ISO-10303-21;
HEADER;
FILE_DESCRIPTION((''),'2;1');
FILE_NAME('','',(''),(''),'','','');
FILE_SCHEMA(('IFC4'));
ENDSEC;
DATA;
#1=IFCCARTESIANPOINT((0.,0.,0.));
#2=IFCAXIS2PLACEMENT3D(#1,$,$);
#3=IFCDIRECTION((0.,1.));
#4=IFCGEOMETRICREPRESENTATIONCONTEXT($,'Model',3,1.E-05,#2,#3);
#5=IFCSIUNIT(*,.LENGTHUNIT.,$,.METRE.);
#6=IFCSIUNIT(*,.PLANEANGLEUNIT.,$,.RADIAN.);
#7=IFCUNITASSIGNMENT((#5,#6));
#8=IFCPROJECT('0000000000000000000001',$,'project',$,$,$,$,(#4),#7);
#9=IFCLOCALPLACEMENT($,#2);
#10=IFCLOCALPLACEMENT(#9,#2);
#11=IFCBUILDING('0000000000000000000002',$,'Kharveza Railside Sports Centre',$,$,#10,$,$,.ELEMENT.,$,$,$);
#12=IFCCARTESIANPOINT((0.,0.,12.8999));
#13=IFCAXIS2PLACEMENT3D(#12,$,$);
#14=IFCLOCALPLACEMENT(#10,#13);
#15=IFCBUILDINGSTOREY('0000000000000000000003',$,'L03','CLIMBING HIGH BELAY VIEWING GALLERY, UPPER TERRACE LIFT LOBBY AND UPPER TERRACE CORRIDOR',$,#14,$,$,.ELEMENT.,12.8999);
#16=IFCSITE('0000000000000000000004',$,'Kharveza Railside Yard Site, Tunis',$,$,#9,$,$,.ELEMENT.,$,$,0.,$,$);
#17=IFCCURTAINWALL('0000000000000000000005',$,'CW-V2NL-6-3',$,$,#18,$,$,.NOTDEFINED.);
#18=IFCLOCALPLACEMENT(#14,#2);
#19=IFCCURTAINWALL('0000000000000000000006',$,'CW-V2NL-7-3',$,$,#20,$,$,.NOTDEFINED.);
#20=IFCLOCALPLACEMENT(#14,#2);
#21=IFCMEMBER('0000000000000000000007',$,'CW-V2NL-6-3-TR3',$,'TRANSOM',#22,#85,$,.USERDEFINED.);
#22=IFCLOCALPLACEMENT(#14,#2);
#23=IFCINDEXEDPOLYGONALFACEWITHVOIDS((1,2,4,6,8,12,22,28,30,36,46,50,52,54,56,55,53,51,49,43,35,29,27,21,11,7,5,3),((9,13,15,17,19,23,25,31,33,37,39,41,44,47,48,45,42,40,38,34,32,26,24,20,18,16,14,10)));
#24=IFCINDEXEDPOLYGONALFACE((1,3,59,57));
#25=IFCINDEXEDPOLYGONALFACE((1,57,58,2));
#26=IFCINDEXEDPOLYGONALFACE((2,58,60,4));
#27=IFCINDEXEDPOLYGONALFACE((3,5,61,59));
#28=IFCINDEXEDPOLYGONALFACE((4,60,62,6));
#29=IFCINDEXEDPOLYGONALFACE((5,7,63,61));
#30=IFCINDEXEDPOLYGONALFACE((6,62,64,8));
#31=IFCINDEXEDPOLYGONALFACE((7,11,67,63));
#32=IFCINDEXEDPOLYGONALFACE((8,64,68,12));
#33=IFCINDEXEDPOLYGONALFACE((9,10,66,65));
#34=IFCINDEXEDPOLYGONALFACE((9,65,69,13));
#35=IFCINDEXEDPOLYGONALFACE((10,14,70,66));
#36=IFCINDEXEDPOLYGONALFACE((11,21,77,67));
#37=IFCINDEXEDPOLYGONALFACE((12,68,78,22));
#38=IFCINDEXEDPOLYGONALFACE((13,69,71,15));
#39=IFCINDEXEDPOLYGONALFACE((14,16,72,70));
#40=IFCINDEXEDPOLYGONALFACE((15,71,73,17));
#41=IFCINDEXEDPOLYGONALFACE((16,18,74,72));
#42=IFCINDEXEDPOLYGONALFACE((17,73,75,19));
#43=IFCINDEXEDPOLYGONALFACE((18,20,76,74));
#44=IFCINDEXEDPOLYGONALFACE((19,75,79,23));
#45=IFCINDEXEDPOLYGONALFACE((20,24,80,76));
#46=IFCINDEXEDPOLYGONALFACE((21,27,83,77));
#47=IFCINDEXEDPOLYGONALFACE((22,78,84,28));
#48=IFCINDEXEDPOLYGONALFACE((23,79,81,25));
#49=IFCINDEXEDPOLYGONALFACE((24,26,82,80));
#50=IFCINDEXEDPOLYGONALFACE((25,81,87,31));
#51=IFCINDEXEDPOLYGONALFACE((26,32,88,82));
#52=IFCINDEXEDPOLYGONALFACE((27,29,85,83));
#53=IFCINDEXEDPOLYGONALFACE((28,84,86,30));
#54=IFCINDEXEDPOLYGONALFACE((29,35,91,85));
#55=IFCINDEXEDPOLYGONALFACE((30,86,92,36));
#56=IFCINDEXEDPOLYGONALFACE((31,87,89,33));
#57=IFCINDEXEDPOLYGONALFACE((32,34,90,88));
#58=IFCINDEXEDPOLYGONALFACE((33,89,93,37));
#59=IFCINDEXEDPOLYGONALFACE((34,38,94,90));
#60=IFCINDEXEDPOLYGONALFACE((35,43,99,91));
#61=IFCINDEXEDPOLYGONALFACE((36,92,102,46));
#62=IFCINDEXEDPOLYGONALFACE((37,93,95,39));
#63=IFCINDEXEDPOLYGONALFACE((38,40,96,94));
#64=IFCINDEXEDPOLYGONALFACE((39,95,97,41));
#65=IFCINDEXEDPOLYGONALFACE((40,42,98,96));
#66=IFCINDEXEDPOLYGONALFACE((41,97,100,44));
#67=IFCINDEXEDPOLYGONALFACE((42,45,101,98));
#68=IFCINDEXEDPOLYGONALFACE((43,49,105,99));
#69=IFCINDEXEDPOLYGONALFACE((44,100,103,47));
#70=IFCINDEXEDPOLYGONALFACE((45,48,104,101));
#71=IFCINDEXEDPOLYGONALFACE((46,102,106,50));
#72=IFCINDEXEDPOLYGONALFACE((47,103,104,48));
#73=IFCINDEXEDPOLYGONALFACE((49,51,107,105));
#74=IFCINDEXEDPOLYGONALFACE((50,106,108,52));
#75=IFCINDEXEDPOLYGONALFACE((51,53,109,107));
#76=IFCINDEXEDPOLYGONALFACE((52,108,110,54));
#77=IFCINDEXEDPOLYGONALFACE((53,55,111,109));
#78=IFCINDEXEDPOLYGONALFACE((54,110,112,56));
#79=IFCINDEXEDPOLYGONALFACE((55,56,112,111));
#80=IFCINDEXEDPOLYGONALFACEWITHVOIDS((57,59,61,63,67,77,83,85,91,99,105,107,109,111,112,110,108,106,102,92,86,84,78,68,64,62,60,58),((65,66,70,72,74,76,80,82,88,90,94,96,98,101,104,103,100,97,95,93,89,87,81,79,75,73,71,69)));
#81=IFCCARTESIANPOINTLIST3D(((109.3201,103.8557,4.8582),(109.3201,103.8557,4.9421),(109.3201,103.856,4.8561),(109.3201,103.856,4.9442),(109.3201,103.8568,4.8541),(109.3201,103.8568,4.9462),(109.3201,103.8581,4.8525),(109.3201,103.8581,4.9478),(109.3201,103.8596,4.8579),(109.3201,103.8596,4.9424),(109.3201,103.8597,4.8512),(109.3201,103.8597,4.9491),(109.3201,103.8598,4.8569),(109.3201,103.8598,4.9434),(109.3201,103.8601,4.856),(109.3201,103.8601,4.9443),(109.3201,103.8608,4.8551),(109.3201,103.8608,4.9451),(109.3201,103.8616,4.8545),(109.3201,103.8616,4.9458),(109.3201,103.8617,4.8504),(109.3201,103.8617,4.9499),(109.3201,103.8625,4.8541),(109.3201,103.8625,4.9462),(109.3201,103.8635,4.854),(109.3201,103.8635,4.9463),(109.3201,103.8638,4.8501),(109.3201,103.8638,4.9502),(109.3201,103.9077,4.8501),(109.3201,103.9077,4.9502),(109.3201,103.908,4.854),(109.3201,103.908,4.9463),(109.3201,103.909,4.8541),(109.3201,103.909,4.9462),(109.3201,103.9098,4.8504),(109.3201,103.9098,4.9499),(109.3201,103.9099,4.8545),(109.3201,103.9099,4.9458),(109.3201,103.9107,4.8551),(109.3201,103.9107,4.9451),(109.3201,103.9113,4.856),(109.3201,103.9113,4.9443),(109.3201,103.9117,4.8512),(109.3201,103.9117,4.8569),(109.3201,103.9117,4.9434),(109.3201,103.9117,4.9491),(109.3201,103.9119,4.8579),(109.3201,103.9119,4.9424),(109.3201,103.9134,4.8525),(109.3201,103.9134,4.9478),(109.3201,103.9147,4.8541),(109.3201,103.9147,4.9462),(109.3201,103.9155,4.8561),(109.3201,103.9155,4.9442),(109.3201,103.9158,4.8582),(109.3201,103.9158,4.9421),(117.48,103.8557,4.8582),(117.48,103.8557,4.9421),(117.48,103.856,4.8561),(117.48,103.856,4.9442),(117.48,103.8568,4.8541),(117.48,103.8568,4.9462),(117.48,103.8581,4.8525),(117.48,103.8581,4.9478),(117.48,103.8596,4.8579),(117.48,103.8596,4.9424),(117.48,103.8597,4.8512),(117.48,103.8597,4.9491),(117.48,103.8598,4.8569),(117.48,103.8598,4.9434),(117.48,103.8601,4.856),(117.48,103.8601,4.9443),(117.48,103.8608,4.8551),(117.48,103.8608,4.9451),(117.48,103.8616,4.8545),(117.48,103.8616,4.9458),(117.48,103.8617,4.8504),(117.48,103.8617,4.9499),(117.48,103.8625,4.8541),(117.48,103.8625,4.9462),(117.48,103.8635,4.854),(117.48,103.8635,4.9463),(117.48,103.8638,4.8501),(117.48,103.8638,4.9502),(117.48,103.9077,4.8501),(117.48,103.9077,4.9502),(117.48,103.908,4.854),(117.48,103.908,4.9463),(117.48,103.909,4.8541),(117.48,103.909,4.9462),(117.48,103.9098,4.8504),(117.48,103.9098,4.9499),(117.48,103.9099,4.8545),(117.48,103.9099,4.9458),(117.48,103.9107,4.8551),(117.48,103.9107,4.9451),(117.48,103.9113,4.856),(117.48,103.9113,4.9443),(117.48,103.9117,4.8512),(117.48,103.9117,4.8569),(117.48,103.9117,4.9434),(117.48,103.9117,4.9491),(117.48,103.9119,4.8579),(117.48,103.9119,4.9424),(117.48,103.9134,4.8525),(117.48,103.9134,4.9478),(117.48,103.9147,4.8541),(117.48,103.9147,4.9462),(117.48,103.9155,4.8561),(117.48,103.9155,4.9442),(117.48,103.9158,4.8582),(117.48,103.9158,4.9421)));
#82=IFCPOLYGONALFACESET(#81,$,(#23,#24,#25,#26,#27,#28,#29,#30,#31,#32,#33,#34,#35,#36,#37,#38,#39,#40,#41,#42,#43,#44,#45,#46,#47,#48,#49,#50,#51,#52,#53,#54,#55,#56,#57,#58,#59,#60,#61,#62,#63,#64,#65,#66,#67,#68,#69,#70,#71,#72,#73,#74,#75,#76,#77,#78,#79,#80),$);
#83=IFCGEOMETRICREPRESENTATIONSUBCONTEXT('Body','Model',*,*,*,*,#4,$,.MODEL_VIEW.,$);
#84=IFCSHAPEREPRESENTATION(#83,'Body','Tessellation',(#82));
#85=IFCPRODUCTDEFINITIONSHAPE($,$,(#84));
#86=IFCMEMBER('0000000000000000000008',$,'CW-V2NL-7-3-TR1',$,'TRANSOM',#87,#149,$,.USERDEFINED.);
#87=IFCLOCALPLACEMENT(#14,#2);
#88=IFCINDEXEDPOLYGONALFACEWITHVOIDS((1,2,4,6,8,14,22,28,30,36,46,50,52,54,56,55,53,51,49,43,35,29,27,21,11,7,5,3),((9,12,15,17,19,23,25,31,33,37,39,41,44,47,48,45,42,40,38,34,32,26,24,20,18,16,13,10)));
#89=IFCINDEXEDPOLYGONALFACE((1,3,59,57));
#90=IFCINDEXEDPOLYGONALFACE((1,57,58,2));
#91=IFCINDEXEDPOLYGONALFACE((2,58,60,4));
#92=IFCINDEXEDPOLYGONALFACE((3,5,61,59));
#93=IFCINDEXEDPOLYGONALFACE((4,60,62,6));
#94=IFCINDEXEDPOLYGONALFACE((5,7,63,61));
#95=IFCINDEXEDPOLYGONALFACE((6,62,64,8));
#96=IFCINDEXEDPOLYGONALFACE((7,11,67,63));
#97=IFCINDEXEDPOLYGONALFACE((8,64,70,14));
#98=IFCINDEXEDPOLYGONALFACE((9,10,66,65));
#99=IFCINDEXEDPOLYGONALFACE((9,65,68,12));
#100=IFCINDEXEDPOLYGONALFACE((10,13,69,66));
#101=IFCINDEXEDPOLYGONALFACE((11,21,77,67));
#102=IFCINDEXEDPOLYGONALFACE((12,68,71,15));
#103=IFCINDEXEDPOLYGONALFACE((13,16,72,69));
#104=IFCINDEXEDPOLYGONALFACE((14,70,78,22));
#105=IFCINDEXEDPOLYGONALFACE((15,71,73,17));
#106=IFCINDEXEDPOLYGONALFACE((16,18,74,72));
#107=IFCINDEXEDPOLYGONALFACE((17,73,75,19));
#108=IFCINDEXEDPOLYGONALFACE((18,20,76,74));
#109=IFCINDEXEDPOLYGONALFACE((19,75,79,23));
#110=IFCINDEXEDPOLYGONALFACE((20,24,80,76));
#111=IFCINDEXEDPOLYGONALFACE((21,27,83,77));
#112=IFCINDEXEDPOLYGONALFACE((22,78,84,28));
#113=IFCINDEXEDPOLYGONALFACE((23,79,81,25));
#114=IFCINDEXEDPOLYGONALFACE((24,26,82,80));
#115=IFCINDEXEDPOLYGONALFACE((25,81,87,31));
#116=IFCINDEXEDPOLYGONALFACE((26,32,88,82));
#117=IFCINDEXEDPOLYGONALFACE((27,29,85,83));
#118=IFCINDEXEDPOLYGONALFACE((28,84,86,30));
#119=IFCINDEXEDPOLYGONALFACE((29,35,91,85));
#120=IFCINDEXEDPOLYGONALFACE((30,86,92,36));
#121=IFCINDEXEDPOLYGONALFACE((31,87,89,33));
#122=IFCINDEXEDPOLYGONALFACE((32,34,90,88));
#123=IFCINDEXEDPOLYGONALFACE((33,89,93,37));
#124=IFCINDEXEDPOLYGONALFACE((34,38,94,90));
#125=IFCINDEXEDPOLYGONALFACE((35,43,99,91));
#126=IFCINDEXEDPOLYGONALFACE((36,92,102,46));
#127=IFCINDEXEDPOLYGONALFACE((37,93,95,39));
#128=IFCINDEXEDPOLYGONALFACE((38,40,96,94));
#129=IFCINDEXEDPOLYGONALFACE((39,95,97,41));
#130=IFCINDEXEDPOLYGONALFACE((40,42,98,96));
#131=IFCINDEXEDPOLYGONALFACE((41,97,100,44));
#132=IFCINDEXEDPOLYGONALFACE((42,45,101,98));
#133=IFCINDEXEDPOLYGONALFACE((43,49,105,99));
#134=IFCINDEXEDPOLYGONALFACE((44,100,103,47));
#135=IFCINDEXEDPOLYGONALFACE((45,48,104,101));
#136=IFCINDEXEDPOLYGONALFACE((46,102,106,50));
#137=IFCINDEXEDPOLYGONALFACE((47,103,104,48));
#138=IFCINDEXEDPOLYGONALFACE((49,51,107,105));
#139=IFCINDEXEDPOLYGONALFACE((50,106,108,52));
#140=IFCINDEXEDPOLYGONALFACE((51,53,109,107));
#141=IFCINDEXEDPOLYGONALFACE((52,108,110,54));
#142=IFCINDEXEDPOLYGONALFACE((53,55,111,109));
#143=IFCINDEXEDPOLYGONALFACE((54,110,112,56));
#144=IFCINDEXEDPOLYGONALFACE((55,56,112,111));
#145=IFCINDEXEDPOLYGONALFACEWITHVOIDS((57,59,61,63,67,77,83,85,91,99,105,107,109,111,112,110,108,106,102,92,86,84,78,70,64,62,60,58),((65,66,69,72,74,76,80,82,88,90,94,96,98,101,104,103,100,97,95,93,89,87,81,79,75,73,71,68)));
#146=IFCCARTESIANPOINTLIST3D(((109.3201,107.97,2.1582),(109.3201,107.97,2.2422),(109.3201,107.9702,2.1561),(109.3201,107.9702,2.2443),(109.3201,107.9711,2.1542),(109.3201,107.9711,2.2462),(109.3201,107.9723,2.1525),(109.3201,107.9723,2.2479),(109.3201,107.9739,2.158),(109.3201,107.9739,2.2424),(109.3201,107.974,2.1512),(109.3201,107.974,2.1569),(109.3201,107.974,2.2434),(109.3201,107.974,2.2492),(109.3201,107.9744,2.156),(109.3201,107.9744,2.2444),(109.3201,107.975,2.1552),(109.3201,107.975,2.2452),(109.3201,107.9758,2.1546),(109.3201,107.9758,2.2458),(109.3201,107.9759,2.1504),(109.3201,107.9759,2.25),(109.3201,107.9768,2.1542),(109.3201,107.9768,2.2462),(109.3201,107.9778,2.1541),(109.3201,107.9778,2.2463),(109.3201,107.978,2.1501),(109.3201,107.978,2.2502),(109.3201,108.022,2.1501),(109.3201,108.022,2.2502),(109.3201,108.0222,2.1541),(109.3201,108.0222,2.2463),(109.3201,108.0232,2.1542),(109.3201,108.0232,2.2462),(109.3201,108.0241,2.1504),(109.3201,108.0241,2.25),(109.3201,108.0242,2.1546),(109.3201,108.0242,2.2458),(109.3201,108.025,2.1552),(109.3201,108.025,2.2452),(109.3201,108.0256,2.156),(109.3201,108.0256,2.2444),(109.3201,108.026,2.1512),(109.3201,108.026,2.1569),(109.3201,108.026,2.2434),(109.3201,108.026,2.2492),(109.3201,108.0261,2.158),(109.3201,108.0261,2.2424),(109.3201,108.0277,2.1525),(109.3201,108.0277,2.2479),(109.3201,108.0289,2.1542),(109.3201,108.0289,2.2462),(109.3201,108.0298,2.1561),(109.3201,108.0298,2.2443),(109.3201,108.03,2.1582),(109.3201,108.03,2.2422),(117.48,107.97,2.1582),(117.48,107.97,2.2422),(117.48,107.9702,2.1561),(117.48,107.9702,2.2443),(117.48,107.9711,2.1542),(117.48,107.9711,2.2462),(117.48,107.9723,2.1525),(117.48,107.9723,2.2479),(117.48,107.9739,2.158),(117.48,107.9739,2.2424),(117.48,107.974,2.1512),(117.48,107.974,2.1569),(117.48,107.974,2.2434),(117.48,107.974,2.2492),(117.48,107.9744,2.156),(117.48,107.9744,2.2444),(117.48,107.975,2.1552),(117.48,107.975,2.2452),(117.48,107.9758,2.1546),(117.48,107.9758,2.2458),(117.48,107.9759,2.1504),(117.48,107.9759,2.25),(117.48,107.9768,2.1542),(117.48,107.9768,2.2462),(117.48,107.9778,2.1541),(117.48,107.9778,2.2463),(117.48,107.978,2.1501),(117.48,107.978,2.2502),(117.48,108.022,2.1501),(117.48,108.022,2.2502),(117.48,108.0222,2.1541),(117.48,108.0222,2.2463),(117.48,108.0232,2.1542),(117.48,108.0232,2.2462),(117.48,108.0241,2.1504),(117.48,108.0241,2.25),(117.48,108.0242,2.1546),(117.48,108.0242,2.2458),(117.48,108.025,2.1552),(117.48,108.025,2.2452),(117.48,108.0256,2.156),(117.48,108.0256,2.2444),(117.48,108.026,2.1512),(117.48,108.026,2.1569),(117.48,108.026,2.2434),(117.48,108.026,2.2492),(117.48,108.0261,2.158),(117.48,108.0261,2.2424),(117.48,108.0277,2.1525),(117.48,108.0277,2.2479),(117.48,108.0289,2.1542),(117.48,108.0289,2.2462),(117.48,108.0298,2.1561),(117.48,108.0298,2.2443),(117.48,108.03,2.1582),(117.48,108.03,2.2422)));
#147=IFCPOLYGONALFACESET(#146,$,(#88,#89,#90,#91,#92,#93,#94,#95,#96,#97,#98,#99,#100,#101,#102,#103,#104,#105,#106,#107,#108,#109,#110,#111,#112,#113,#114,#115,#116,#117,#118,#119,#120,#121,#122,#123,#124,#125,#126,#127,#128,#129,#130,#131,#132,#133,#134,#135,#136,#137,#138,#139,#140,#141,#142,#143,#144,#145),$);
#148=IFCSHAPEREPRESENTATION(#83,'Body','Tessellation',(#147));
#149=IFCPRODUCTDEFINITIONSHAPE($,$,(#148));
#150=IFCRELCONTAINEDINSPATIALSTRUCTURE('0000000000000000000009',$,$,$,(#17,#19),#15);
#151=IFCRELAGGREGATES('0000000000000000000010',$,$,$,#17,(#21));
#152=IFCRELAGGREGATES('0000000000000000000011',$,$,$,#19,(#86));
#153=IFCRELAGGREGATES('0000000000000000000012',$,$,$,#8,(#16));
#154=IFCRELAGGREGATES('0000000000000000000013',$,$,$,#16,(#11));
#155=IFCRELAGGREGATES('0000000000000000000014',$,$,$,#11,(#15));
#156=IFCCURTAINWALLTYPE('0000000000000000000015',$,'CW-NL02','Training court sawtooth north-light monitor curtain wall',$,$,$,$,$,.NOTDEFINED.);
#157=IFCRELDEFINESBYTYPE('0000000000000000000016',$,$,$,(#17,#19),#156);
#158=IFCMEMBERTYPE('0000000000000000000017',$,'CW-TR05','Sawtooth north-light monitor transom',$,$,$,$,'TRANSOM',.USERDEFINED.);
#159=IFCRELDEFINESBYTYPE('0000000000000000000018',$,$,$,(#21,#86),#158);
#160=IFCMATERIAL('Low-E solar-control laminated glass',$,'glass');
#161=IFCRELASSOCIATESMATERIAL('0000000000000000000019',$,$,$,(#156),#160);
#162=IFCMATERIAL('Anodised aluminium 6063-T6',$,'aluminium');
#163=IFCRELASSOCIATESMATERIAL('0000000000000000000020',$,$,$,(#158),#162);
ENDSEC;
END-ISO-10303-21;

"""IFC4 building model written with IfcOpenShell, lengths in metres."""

from ifc_helpers import new_model, si_unit, direction, frame, origin, origin_2d, place, context, subcontext, project, spatial, hollow_rectangle, extrude, material, material_profile, profile_set, type_object, element, aggregate, save


model = new_model("IFC4")

# Units and contexts
model_context = context("Model", 3, precision=1e-05, world=origin(), true_north=direction((0.0, 1.0)))
body_context = subcontext(model_context, "Body", "Model", "MODEL_VIEW")
ifc_project = project(units=[si_unit("LENGTHUNIT", "METRE"), si_unit("PLANEANGLEUNIT", "RADIAN")], contexts=[model_context])

# Site, building, storey
site_placement = place(None, origin())
site = spatial("IfcSite", under=ifc_project, at=site_placement, Name="Kharveza Railside Yard Site, Tunis", CompositionType="ELEMENT", RefElevation=0.0)
building_placement = place(site_placement, origin())
building = spatial("IfcBuilding", under=site, at=building_placement, Name="Kharveza Railside Sports Centre", CompositionType="ELEMENT")
storey_placement = place(building_placement, frame((0.0, 0.0, 12.8999)))
storey = spatial("IfcBuildingStorey", under=building, at=storey_placement, Name="L03", Description="CLIMBING HIGH BELAY VIEWING GALLERY, UPPER TERRACE LIFT LOBBY AND UPPER TERRACE CORRIDOR", CompositionType="ELEMENT", Elevation=12.8999)

# Curtain walls
ifc_material_1 = material(Name="Low-E solar-control laminated glass", Category="glass")
curtain_wall_type = type_object("IfcCurtainWallType", Name="CW-NL02", Description="Training court sawtooth north-light monitor curtain wall", PredefinedType="NOTDEFINED", material=ifc_material_1)
curtain_wall_1_placement = place(storey_placement, origin())
curtain_wall_1 = element("IfcCurtainWall", 1, at=curtain_wall_1_placement, inside=storey, type_object=curtain_wall_type, Name="CW-V2NL-6-3", PredefinedType="NOTDEFINED")
ifc_material_2 = material(Name="Anodised aluminium 6063-T6", Category="aluminium")
curtain_wall_2_placement = place(storey_placement, origin())
curtain_wall_2 = element("IfcCurtainWall", 2, at=curtain_wall_2_placement, inside=storey, type_object=curtain_wall_type, Name="CW-V2NL-7-3", PredefinedType="NOTDEFINED")

# Members
ifc_material_profile_1 = material_profile(ifc_material_2, hollow_rectangle(XDim=0.0601, YDim=0.1001, WallThickness=0.0039, InnerFilletRadius=0.0039, OuterFilletRadius=0.0081, at=origin_2d()), Name="RHS 60x100x4.0")
ifc_profile_set_1 = profile_set([ifc_material_profile_1], Name="Anodised aluminium 6063-T6")
member_type_1 = type_object("IfcMemberType", Name="CW-TR05", Description="Sawtooth north-light monitor transom", ElementType="TRANSOM", PredefinedType="USERDEFINED", material=ifc_profile_set_1)
member_1_placement = place(storey_placement, frame((109.3201, 103.8857, 4.9001), z_axis=(1.0, 0.0, 0.0), x_axis=(0.0, 1.0, 0.0)))
member_1 = element("IfcMember", 3, at=member_1_placement, type_object=member_type_1, Name="CW-V2NL-6-3-TR3", ObjectType="TRANSOM", PredefinedType="USERDEFINED", context=body_context, shape_type="SweptSolid", body=[
    extrude(hollow_rectangle(XDim=0.0601, YDim=0.1001, WallThickness=0.0039, InnerFilletRadius=0.0039, OuterFilletRadius=0.0081, at=origin_2d()), origin(), (0.0, 0.0, 1.0), 8.1599),
])
member_2_placement = place(storey_placement, frame((109.3201, 108.0, 2.2002), z_axis=(1.0, 0.0, 0.0), x_axis=(0.0, 1.0, 0.0)))
member_2 = element("IfcMember", 4, at=member_2_placement, type_object=member_type_1, Name="CW-V2NL-7-3-TR1", ObjectType="TRANSOM", PredefinedType="USERDEFINED", context=body_context, shape_type="SweptSolid", body=[
    extrude(hollow_rectangle(XDim=0.0601, YDim=0.1001, WallThickness=0.0039, InnerFilletRadius=0.0039, OuterFilletRadius=0.0081, at=origin_2d()), origin(), (0.0, 0.0, 1.0), 8.1599),
])

aggregate(curtain_wall_1, [member_1])
aggregate(curtain_wall_2, [member_2])

save(model, "model.ifc")
